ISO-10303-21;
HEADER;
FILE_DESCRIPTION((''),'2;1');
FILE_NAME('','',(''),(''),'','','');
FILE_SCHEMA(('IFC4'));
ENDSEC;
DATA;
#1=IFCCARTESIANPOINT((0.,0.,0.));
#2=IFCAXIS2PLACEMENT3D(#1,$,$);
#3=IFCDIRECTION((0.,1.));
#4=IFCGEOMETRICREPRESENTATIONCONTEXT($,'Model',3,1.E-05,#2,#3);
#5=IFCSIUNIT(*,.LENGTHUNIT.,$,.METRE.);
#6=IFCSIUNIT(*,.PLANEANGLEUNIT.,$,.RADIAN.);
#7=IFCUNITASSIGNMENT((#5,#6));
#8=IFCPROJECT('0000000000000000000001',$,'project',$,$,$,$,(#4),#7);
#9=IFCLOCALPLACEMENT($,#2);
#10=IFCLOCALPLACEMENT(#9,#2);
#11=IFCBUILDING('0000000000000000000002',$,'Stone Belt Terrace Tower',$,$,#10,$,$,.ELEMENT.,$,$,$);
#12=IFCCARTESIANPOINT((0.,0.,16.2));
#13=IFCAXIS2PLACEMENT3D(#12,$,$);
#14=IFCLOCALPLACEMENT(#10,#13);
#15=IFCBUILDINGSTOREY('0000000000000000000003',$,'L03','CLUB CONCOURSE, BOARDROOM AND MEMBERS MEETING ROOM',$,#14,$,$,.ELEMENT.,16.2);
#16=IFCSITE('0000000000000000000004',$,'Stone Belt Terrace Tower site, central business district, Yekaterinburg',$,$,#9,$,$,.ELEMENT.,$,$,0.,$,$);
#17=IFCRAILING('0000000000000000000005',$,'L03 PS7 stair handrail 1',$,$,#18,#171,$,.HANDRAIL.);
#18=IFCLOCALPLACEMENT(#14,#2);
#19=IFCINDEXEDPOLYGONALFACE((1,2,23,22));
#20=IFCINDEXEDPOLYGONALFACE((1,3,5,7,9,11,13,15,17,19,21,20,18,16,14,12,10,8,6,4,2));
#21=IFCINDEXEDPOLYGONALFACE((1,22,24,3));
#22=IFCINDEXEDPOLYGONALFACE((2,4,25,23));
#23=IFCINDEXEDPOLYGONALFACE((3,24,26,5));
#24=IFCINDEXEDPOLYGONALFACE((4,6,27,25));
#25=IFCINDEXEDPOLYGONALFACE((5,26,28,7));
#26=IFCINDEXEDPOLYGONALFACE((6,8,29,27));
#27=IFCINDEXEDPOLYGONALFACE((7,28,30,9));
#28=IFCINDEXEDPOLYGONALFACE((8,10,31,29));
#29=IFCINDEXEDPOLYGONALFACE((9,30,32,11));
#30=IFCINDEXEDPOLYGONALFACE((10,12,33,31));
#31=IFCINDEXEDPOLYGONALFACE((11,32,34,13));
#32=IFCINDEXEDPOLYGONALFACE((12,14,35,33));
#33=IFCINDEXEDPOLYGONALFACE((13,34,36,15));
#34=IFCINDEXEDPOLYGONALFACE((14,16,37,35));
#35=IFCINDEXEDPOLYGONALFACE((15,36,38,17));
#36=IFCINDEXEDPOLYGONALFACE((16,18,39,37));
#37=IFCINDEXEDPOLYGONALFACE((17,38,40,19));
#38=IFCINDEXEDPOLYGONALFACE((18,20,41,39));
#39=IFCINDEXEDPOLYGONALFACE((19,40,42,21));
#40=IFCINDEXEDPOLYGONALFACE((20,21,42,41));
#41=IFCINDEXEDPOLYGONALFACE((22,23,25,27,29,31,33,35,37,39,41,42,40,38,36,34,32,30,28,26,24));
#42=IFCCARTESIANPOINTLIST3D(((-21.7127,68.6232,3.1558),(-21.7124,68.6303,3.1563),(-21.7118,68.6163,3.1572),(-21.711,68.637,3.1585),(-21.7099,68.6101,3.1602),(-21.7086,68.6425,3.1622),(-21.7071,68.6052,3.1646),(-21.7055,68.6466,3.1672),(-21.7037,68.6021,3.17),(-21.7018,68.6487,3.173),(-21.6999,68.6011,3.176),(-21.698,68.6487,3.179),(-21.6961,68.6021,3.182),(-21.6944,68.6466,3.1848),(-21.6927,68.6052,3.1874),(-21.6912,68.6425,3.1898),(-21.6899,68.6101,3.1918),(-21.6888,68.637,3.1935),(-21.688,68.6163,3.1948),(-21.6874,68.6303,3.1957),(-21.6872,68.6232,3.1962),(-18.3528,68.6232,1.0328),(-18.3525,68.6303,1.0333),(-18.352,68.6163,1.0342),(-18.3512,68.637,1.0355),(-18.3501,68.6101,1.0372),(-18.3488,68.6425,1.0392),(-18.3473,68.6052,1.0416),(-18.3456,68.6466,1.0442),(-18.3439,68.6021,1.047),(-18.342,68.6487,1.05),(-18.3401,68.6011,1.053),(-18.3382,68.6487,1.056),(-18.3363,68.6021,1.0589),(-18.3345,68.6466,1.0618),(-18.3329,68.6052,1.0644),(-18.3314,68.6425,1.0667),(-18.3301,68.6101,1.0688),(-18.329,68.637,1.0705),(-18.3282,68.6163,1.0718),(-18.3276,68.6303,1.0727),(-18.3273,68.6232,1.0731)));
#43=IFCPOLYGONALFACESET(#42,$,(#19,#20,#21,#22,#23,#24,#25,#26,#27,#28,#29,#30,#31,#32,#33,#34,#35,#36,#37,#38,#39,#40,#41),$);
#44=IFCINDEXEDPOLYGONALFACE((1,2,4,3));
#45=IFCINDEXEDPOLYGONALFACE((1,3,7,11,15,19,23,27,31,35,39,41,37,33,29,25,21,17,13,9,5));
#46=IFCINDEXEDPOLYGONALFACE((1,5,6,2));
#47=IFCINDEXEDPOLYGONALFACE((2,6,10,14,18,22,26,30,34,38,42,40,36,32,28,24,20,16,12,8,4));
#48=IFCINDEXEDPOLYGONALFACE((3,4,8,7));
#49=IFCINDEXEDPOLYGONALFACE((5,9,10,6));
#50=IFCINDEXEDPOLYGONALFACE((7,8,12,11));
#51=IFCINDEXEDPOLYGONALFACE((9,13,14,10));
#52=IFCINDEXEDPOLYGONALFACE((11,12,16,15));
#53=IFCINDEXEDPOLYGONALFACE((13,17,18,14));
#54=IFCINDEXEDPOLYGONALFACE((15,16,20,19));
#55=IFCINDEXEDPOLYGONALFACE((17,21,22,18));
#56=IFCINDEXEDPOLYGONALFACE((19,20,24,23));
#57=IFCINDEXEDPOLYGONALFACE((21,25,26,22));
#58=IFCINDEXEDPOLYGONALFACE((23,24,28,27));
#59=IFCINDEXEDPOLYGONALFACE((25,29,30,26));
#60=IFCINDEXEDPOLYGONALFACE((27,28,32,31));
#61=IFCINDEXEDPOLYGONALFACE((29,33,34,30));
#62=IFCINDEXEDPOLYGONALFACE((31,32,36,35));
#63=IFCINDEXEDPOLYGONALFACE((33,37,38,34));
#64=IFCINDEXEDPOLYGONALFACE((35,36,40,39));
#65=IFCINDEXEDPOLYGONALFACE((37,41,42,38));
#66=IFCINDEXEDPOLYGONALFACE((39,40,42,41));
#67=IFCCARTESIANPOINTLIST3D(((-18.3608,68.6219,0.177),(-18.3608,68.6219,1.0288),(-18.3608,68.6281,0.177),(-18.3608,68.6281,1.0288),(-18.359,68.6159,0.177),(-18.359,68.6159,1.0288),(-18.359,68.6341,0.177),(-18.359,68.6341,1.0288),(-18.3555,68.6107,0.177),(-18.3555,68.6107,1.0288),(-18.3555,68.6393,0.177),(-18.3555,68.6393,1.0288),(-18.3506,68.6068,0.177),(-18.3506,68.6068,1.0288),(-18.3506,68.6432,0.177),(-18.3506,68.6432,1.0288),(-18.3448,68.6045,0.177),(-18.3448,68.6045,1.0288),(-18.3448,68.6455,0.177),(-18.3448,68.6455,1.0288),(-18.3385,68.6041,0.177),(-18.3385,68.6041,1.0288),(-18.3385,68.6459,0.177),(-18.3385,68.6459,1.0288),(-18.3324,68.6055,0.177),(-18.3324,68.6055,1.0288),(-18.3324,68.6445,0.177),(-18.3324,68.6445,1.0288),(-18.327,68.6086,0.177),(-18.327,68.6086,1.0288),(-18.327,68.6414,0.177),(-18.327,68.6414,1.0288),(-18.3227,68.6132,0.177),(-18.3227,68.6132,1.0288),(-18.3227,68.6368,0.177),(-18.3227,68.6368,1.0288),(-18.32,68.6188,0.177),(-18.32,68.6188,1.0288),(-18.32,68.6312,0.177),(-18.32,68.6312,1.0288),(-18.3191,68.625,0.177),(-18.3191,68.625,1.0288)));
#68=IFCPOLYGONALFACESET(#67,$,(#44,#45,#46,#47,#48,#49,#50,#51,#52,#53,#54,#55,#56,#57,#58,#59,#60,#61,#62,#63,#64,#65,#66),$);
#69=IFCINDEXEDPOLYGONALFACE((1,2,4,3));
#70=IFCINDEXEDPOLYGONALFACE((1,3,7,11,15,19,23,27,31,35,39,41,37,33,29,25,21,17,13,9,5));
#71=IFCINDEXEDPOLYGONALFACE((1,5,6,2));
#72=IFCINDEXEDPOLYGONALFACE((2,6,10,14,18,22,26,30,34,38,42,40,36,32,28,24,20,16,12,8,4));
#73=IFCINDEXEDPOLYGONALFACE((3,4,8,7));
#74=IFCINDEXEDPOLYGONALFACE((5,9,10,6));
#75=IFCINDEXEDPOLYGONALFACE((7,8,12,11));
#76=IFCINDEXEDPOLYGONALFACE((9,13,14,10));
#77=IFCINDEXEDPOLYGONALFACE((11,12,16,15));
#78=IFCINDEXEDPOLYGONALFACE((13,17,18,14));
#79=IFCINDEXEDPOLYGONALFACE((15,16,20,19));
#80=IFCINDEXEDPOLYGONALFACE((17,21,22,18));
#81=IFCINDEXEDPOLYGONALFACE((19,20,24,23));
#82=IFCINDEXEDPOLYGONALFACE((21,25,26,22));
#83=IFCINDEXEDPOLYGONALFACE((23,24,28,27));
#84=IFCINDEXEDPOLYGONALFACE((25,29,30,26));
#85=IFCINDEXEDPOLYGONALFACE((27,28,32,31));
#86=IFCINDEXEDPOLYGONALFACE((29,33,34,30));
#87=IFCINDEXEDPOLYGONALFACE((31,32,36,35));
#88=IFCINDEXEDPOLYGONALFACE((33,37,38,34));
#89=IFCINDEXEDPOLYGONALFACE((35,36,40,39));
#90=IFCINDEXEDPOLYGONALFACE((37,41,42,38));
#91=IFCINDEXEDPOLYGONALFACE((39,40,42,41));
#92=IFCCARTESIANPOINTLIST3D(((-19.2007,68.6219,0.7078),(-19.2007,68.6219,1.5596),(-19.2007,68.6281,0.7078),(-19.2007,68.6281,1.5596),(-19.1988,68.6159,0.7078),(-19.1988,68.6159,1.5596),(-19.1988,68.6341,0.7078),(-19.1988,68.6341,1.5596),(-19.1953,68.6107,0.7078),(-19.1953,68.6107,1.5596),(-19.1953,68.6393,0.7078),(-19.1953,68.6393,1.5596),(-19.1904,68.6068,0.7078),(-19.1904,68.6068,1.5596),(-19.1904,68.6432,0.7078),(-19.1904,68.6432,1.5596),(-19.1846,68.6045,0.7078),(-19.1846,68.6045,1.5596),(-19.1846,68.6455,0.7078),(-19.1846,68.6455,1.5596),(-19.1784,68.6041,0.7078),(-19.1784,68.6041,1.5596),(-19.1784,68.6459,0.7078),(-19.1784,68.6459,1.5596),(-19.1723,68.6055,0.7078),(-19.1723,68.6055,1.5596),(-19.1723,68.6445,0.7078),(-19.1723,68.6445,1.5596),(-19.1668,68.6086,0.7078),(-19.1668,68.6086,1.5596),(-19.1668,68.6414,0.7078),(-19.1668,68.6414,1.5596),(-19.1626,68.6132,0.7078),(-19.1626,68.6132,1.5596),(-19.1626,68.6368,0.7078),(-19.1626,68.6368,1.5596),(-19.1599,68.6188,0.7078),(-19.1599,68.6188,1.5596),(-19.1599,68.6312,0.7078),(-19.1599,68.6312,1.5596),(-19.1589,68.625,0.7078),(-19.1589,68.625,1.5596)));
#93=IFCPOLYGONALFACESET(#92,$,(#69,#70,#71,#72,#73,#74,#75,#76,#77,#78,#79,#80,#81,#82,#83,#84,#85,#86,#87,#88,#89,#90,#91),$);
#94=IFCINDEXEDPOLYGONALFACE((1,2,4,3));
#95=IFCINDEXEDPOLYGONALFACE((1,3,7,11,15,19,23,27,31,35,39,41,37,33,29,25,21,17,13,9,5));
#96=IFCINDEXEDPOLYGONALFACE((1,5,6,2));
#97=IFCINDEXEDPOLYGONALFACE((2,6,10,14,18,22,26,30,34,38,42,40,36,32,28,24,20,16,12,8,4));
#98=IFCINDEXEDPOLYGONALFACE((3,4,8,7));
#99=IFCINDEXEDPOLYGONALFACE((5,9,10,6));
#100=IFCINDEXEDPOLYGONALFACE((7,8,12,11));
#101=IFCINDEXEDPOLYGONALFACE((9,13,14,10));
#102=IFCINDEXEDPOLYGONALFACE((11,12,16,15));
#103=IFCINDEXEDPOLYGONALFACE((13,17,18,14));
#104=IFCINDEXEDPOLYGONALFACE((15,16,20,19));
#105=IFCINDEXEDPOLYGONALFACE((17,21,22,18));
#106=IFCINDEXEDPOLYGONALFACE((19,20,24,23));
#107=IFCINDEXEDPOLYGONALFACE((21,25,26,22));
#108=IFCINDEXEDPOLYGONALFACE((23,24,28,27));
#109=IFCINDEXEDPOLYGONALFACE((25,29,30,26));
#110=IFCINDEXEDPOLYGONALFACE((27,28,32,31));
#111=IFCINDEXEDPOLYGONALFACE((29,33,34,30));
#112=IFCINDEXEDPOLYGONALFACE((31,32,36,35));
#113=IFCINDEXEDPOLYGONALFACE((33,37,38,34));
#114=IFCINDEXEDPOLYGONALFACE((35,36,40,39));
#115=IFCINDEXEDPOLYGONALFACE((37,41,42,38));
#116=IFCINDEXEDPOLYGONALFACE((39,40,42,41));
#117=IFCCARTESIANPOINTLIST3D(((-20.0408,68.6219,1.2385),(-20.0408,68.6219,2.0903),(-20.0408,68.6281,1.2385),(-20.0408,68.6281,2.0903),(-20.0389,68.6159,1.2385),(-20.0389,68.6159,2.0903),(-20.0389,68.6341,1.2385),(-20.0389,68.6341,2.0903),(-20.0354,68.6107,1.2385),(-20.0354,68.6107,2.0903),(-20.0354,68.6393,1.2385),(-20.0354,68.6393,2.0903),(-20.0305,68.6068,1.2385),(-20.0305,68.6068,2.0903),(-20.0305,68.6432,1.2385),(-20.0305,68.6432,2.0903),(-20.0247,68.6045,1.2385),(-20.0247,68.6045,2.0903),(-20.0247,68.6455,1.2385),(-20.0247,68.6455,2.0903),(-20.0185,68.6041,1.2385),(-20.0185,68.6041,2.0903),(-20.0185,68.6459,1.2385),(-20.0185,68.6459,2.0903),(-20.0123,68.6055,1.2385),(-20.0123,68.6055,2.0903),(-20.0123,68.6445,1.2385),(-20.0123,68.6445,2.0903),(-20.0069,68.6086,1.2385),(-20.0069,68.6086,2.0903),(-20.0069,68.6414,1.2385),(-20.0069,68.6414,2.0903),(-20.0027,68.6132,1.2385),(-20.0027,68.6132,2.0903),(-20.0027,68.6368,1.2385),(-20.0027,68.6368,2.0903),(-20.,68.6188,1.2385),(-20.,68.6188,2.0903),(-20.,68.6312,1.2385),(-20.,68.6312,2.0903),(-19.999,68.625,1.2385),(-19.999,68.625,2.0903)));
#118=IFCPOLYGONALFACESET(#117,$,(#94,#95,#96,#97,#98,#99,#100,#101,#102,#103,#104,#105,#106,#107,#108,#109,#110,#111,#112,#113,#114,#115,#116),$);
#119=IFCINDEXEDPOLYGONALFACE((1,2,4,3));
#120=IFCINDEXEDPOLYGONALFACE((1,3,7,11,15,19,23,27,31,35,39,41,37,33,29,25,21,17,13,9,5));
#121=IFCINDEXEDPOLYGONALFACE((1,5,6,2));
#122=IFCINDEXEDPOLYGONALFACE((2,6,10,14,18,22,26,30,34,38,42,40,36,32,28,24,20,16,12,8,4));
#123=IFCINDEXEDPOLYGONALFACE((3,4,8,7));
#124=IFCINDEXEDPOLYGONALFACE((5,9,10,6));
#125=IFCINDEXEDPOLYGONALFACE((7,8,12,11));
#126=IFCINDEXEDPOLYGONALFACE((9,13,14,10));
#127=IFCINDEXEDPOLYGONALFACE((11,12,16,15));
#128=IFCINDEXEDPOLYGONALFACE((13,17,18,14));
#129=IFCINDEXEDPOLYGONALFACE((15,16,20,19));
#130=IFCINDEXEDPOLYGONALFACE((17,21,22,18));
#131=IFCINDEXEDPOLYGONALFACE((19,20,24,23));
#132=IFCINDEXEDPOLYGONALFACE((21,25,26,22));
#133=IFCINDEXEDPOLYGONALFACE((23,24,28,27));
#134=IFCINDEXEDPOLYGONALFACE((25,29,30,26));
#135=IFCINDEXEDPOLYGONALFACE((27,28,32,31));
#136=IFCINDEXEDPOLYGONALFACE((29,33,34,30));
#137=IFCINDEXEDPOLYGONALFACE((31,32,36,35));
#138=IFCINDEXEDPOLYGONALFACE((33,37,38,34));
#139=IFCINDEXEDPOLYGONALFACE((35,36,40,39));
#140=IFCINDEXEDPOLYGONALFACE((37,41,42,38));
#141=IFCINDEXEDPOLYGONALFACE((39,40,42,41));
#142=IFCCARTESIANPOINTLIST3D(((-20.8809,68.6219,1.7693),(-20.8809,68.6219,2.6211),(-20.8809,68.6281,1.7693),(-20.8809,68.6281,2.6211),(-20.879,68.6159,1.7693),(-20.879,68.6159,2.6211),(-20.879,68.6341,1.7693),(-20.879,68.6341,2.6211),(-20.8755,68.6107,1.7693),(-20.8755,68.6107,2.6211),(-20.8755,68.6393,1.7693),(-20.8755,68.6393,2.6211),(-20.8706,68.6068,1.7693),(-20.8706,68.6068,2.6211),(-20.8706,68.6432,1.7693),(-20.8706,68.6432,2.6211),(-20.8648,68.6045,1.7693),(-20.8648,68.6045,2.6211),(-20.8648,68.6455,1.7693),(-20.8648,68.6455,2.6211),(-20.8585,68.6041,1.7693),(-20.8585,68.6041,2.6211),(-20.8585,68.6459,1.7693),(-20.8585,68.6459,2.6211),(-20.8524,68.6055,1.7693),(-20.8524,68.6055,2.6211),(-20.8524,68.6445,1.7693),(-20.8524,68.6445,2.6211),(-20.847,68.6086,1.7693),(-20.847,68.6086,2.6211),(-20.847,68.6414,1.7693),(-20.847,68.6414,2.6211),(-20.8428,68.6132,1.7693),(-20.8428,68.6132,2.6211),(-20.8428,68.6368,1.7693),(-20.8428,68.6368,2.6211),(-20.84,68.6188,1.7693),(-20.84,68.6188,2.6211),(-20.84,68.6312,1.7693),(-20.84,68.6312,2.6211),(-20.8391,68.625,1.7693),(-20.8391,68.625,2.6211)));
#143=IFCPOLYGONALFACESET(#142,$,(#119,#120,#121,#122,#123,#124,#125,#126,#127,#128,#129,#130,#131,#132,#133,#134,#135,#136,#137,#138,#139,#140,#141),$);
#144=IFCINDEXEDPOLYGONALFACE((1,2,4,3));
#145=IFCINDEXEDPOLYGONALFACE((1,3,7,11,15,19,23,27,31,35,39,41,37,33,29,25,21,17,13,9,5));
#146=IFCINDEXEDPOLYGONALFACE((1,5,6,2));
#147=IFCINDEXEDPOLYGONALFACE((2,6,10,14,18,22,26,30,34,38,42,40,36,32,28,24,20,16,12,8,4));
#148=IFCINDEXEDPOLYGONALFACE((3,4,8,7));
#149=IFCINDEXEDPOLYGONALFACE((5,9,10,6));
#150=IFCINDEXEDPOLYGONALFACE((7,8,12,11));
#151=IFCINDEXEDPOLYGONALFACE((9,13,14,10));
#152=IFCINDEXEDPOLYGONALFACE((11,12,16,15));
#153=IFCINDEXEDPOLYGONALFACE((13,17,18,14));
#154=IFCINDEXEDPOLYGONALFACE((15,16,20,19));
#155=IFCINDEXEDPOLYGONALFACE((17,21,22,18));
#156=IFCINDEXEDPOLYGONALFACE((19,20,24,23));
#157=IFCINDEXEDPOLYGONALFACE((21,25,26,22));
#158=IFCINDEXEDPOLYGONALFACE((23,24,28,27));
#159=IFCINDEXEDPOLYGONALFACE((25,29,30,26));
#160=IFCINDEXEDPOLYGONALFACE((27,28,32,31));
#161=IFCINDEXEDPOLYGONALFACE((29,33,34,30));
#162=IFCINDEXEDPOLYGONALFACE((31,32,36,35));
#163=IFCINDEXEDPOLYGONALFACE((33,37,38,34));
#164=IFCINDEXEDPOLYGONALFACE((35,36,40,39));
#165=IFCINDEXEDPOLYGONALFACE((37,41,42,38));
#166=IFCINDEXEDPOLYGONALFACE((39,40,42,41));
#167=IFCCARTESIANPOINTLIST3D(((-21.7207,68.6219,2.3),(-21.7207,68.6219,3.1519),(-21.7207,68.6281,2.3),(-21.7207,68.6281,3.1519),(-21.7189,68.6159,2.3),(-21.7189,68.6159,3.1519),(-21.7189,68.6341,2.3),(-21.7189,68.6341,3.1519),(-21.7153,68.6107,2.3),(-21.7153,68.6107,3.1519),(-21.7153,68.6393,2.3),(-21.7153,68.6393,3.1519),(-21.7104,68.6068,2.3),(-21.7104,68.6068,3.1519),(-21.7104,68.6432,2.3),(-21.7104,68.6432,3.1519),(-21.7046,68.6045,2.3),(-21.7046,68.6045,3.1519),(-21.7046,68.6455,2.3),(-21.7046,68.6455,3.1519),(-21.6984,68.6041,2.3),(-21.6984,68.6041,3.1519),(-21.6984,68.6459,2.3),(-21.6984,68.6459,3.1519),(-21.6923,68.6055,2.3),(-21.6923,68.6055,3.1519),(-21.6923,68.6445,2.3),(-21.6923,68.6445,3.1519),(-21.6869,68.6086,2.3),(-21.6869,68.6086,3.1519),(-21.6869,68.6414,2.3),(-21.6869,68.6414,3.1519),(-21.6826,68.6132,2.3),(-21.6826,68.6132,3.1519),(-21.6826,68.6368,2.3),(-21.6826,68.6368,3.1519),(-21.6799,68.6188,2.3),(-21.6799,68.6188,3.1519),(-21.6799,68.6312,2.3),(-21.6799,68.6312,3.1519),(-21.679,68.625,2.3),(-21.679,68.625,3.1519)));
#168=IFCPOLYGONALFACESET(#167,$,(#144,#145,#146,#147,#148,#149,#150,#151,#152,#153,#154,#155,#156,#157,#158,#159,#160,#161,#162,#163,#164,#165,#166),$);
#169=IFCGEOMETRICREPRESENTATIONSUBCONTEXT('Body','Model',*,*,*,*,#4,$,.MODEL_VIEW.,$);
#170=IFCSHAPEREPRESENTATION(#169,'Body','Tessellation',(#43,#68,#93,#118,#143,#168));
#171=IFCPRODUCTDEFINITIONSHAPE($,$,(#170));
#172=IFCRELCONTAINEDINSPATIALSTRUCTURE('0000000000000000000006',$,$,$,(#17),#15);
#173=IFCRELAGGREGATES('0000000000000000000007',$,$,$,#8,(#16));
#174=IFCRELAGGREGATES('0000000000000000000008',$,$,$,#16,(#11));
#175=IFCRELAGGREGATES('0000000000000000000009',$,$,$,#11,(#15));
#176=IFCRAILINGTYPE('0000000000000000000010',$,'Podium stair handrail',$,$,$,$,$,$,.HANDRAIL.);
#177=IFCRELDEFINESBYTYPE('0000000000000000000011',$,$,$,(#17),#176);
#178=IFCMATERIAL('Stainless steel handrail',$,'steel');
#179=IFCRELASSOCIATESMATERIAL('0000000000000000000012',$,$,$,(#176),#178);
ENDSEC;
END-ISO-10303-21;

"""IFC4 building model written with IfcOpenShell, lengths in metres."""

from ifc_helpers import new_model, si_unit, direction, frame, origin, origin_2d, place, context, subcontext, project, spatial, circle, extrude, material, type_object, element, save


model = new_model("IFC4")

# Units and contexts
model_context = context("Model", 3, precision=1e-05, world=origin(), true_north=direction((0.0, 1.0)))
body_context = subcontext(model_context, "Body", "Model", "MODEL_VIEW")
ifc_project = project(units=[si_unit("LENGTHUNIT", "METRE"), si_unit("PLANEANGLEUNIT", "RADIAN")], contexts=[model_context])

# Site, building, storey
site_placement = place(None, origin())
site = spatial("IfcSite", under=ifc_project, at=site_placement, Name="Stone Belt Terrace Tower site, central business district, Yekaterinburg", CompositionType="ELEMENT", RefElevation=0.0)
building_placement = place(site_placement, origin())
building = spatial("IfcBuilding", under=site, at=building_placement, Name="Stone Belt Terrace Tower", CompositionType="ELEMENT")
storey_placement = place(building_placement, frame((0.0, 0.0, 16.2)))
storey = spatial("IfcBuildingStorey", under=building, at=storey_placement, Name="L03", Description="CLUB CONCOURSE, BOARDROOM AND MEMBERS MEETING ROOM", CompositionType="ELEMENT", Elevation=16.2)

# Railing
ifc_material_1 = material(Name="Stainless steel handrail", Category="steel")
railing_type_1 = type_object("IfcRailingType", Name="Podium stair handrail", PredefinedType="HANDRAIL", material=ifc_material_1)
railing_1_placement = place(storey_placement, frame((-18.3401, 68.625, 0.177)))
element("IfcRailing", 1, at=railing_1_placement, inside=storey, type_object=railing_type_1, Name="L03 PS7 stair handrail 1", PredefinedType="HANDRAIL", context=body_context, shape_type="SweptSolid", body=[
    extrude(circle(Radius=0.0239, at=origin_2d()), frame((0.0, 0.0, 0.876), z_axis=(-0.845372, 0.0, 0.534178), x_axis=(0.0, -1.0, 0.0)), (0.0, 0.0, 1.0), 3.9744),
    extrude(circle(Radius=0.021, at=origin_2d()), origin(), (0.0, 0.0, 1.0), 0.8518),
    extrude(circle(Radius=0.021, at=origin_2d()), frame((-0.8398, 0.0, 0.5308)), (0.0, 0.0, 1.0), 0.8518),
    extrude(circle(Radius=0.021, at=origin_2d()), frame((-1.6799, 0.0, 1.0615)), (0.0, 0.0, 1.0), 0.8518),
    extrude(circle(Radius=0.021, at=origin_2d()), frame((-2.52, 0.0, 1.5923)), (0.0, 0.0, 1.0), 0.8518),
    extrude(circle(Radius=0.021, at=origin_2d()), frame((-3.3599, 0.0, 2.123)), (0.0, 0.0, 1.0), 0.8518),
])

save(model, "model.ifc")
